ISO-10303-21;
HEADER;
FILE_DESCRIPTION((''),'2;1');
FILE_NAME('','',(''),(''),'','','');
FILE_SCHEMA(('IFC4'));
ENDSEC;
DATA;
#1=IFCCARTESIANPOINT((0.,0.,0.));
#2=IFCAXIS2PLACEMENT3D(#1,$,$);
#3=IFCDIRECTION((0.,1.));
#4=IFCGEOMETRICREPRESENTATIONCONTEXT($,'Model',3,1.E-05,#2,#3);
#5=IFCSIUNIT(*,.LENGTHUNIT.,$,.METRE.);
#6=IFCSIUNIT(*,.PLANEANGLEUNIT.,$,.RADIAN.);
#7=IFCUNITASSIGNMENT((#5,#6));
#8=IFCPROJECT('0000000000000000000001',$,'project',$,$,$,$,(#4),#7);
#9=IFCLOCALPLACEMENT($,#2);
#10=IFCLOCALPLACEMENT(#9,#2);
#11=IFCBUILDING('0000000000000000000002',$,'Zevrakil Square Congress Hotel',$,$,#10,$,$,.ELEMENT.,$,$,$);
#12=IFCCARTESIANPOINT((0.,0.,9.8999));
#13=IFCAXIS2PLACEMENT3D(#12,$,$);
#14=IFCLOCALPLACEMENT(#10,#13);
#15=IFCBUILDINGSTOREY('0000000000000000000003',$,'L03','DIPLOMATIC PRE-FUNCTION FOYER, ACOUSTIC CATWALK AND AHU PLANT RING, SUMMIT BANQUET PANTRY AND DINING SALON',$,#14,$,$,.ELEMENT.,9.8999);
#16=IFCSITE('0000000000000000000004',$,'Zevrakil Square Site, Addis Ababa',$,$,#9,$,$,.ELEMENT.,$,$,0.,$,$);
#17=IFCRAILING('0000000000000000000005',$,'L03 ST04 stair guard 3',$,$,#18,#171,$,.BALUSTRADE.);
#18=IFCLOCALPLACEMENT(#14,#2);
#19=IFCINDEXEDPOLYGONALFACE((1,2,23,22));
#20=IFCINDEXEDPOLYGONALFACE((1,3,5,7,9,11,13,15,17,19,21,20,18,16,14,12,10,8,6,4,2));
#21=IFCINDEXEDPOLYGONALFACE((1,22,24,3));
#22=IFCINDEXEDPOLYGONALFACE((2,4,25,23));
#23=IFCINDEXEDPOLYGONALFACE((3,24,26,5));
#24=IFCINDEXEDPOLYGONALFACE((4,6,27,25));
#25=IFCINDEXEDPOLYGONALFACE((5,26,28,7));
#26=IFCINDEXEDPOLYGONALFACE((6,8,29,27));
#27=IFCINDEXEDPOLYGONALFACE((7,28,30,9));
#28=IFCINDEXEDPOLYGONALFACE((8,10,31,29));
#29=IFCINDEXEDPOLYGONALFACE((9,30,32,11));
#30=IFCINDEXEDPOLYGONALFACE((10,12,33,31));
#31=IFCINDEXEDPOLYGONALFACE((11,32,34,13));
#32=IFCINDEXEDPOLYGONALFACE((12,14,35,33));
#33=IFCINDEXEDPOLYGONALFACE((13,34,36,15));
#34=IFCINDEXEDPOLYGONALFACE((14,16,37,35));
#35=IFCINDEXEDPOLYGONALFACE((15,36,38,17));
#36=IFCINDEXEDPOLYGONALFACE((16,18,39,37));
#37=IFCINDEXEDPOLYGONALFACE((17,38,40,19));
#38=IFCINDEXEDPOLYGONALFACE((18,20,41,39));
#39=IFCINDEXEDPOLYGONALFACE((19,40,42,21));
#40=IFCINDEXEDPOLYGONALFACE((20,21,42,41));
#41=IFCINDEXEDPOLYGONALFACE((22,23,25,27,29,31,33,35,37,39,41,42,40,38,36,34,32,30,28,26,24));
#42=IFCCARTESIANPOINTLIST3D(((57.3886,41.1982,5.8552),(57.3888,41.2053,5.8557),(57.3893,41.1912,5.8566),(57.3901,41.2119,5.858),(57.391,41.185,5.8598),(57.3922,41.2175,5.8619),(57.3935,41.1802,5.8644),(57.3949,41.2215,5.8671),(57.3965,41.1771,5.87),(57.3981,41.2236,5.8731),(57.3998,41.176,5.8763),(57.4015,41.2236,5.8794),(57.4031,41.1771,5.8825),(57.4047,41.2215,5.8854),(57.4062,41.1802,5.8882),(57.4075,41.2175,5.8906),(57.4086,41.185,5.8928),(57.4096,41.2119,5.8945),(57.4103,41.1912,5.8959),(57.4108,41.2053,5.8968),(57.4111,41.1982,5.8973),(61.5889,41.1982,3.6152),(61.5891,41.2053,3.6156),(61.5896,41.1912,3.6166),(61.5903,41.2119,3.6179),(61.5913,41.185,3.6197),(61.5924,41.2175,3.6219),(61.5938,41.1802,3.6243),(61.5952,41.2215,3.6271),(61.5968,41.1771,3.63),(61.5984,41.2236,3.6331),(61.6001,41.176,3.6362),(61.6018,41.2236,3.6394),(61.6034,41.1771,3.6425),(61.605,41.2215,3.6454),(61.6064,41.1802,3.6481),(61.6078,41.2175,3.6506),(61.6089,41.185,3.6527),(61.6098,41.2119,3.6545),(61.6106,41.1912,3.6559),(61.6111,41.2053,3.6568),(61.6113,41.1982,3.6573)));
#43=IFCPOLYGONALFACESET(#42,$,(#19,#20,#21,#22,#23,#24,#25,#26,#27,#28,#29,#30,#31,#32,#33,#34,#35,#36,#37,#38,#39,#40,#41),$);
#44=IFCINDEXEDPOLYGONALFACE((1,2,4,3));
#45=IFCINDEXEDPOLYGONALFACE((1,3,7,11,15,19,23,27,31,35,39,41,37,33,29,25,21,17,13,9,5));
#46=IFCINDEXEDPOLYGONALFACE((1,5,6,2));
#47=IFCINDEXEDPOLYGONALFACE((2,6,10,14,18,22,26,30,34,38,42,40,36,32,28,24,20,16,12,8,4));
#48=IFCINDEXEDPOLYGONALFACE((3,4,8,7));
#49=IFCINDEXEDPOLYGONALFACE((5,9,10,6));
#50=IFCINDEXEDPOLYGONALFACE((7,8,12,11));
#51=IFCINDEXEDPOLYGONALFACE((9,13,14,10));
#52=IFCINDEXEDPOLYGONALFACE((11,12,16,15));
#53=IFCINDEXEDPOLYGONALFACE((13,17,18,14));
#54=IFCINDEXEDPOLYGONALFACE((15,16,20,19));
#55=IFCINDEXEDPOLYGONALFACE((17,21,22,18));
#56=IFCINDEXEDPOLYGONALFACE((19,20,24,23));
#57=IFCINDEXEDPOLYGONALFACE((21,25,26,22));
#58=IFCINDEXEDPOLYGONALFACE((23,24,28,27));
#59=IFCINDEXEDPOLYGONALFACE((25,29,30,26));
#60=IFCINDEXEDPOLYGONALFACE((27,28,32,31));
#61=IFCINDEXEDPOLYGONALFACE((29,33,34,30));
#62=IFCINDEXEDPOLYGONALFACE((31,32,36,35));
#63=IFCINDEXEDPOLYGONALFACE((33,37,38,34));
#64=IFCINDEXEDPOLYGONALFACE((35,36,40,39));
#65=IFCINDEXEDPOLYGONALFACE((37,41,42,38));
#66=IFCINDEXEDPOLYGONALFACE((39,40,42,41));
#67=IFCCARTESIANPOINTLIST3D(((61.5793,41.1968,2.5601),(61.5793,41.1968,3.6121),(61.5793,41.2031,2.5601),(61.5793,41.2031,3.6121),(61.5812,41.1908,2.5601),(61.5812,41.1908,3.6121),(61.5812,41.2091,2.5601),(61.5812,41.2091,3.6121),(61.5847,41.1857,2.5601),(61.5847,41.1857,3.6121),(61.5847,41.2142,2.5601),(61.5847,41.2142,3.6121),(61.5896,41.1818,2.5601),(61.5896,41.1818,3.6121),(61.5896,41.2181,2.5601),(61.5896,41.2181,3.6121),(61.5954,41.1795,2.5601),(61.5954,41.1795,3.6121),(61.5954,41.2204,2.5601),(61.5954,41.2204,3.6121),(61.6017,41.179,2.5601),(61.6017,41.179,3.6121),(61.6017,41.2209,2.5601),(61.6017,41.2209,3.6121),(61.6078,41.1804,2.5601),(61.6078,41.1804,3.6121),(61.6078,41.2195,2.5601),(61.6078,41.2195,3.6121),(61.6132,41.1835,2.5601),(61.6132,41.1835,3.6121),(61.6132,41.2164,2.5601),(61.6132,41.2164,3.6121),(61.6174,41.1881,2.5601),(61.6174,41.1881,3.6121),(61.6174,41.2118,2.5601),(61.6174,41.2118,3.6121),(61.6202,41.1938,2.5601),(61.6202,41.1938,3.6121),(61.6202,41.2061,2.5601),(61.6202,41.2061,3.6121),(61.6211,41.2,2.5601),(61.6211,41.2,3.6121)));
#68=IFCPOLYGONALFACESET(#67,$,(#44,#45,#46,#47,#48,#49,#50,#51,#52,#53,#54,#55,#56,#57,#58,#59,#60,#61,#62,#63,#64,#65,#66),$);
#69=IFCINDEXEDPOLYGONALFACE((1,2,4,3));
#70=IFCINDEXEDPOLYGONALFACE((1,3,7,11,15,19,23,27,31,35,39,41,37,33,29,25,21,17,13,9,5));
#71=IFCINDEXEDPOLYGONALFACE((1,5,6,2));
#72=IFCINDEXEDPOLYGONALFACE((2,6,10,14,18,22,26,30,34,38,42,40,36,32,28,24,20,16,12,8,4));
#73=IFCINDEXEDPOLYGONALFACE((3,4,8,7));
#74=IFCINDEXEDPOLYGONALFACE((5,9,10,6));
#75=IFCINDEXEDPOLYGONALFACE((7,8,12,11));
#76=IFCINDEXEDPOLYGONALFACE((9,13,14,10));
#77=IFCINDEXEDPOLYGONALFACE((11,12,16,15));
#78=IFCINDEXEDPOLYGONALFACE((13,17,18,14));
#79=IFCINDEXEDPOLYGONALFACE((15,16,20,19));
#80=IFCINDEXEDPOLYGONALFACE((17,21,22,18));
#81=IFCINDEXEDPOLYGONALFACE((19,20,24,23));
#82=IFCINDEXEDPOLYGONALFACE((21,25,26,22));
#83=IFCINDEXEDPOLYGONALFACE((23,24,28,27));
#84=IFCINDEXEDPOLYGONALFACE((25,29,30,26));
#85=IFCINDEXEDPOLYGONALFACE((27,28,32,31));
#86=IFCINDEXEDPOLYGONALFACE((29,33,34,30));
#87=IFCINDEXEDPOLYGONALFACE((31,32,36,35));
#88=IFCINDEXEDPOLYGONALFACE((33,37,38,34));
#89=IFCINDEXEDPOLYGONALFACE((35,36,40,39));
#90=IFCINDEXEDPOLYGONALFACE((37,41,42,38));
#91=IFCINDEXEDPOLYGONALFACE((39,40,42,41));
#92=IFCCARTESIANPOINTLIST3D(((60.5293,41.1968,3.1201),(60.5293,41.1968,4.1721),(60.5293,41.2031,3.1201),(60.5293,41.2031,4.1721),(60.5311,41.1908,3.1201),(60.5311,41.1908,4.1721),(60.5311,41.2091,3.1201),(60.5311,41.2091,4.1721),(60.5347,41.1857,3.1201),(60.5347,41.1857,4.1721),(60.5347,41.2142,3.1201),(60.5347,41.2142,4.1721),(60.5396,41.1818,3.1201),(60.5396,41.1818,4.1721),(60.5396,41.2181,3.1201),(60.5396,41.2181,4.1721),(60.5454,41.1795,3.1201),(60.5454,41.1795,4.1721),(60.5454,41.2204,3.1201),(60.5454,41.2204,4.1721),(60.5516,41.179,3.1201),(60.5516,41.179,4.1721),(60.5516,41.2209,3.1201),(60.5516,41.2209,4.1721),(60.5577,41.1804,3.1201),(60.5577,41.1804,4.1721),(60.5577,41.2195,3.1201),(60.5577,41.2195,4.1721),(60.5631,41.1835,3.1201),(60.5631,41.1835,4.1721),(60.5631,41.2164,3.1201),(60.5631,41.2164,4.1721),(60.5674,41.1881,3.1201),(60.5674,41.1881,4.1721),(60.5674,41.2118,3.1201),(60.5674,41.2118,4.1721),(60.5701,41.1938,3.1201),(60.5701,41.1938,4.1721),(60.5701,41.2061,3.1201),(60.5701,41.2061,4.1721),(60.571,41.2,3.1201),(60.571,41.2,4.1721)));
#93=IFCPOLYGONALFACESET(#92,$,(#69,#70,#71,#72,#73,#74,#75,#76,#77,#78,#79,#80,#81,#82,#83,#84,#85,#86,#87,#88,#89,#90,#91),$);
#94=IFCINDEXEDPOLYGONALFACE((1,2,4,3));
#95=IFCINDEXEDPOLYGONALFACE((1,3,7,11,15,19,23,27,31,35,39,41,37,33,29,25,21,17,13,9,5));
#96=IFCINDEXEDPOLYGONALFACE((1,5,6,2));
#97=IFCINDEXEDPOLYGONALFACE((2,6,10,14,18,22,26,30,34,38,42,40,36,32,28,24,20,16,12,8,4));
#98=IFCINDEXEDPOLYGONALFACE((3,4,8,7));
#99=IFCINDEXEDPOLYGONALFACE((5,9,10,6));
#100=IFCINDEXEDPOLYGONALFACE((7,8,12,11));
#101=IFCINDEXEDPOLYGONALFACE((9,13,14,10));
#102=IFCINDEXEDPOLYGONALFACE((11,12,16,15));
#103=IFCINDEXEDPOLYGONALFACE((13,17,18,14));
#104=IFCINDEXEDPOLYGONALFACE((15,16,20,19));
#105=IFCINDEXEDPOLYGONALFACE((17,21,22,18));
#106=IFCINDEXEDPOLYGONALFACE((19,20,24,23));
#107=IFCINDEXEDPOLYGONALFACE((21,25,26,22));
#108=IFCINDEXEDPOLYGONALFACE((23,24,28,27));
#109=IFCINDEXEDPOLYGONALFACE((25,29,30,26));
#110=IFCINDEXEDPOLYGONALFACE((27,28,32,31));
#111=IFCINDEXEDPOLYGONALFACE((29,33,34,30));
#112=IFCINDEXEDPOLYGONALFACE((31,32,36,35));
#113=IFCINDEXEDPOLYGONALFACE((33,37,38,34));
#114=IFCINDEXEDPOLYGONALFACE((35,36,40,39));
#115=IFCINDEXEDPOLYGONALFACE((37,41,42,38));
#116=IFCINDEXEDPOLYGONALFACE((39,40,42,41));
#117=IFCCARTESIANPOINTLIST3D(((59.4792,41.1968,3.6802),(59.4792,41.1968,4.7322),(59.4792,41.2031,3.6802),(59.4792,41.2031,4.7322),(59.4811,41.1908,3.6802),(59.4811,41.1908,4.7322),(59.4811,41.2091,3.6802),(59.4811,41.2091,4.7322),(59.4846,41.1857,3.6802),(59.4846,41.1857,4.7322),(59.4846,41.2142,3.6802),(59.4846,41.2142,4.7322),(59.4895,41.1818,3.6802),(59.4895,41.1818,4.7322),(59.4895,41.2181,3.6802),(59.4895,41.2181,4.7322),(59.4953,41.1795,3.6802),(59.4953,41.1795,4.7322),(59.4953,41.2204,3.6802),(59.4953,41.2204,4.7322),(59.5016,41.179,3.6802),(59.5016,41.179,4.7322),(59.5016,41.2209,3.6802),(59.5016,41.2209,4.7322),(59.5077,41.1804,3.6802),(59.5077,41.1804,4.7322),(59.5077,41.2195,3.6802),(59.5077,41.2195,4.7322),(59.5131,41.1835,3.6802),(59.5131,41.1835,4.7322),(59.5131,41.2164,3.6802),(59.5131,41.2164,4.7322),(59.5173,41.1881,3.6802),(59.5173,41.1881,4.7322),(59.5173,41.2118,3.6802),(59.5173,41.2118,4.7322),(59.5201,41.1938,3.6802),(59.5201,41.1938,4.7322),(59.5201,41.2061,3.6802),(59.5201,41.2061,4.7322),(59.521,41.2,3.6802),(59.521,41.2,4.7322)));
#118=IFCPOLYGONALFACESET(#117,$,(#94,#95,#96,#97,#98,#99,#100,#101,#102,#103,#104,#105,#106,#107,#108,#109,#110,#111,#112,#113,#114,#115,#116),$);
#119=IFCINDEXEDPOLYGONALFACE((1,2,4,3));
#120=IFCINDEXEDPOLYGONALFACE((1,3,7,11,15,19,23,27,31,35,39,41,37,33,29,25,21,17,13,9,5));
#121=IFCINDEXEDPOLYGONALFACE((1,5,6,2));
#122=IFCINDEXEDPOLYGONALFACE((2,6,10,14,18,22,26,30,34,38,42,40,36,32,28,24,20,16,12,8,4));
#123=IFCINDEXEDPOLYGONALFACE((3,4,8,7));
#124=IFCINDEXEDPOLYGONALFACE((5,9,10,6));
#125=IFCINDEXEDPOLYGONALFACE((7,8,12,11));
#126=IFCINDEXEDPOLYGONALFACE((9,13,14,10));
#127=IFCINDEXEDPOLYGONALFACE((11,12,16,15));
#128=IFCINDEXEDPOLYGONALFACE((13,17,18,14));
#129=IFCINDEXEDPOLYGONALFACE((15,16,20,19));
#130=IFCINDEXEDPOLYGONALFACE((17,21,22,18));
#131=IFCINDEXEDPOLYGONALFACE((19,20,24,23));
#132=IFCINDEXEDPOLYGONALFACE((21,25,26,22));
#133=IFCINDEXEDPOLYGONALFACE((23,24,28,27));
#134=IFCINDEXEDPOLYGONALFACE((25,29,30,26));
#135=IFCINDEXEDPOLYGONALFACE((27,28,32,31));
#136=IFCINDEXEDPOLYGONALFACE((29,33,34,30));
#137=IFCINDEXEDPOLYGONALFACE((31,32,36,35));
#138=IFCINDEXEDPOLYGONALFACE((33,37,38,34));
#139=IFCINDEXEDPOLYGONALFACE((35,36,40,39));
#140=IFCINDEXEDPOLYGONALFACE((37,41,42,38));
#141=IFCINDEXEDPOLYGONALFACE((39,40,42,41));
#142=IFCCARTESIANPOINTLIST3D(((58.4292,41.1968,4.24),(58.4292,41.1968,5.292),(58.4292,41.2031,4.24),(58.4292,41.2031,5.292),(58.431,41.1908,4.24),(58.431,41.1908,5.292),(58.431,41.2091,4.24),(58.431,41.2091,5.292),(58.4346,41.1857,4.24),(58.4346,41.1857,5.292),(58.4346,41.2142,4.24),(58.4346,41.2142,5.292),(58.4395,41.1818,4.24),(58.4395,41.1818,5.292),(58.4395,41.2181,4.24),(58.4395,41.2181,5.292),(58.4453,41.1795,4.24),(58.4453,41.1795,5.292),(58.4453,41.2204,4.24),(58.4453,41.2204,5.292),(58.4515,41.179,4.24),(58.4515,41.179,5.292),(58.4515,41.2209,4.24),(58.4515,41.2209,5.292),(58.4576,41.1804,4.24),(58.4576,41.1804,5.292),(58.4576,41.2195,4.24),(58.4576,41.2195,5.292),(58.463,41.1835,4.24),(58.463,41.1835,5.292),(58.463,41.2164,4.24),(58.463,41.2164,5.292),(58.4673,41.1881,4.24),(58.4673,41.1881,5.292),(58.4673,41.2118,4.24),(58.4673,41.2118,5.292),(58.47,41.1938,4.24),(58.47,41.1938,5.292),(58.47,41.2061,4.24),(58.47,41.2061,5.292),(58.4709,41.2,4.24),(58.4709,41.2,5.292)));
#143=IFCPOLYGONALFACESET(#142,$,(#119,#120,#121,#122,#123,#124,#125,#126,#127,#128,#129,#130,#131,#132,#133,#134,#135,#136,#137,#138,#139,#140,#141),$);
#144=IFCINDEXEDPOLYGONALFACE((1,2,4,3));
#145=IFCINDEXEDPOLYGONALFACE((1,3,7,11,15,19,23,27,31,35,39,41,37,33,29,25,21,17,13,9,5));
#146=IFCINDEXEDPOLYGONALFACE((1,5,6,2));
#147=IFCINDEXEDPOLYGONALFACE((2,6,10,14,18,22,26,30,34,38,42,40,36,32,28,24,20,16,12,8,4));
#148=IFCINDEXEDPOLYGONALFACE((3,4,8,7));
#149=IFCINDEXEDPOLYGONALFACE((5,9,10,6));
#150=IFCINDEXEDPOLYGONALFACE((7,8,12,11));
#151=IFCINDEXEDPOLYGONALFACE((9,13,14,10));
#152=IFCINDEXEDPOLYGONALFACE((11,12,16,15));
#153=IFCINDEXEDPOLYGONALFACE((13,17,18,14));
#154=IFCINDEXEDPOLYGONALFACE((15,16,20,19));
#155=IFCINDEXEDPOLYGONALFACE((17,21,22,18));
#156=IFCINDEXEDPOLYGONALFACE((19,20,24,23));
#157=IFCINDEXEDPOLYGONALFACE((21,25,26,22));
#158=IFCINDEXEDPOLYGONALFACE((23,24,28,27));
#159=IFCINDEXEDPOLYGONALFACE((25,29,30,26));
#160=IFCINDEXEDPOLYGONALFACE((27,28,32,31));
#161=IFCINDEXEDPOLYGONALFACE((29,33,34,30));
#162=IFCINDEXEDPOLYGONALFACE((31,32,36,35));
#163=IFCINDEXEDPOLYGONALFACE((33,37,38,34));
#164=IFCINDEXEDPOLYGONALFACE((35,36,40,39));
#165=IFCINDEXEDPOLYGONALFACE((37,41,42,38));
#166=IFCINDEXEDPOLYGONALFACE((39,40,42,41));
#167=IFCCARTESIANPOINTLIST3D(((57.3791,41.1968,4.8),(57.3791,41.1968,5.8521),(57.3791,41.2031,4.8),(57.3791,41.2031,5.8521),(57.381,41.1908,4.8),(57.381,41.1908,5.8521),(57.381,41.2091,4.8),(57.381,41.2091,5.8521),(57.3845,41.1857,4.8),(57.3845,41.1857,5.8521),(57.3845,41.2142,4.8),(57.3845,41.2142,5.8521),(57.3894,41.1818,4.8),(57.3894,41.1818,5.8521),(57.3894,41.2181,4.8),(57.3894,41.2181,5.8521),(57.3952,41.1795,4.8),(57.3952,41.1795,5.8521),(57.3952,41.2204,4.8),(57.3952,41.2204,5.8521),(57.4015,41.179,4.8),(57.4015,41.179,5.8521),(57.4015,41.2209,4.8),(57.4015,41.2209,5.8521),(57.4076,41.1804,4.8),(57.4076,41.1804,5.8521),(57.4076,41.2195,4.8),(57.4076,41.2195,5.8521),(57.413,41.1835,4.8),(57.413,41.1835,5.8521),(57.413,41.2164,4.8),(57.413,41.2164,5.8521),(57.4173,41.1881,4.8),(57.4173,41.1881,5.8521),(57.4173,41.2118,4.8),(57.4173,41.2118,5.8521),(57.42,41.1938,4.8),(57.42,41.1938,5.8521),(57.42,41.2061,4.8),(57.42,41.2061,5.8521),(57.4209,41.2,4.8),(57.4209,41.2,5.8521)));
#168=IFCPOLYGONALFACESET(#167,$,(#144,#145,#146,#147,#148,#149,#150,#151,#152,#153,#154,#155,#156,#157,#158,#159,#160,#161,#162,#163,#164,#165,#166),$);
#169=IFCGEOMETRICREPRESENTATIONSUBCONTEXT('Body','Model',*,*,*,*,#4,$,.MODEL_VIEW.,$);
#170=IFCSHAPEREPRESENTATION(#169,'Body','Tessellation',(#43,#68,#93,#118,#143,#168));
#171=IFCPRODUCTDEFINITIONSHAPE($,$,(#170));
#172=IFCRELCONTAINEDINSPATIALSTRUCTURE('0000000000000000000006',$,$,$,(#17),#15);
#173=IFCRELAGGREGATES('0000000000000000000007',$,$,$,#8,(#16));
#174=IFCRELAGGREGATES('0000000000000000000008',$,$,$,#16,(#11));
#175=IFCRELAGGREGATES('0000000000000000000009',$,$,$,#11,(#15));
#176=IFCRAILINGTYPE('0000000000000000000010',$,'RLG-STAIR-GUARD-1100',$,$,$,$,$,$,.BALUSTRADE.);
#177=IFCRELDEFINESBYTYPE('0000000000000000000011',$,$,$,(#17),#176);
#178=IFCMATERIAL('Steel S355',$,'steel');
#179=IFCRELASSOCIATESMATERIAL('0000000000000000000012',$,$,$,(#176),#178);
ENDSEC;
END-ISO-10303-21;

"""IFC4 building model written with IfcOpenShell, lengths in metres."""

from ifc_helpers import new_model, si_unit, direction, frame, origin, origin_2d, place, context, subcontext, project, spatial, circle, extrude, material, type_object, element, save


model = new_model("IFC4")

# Units and contexts
model_context = context("Model", 3, precision=1e-05, world=origin(), true_north=direction((0.0, 1.0)))
body_context = subcontext(model_context, "Body", "Model", "MODEL_VIEW")
ifc_project = project(units=[si_unit("LENGTHUNIT", "METRE"), si_unit("PLANEANGLEUNIT", "RADIAN")], contexts=[model_context])

# Site, building, storey
site_placement = place(None, origin())
site = spatial("IfcSite", under=ifc_project, at=site_placement, Name="Zevrakil Square Site, Addis Ababa", CompositionType="ELEMENT", RefElevation=0.0)
building_placement = place(site_placement, origin())
building = spatial("IfcBuilding", under=site, at=building_placement, Name="Zevrakil Square Congress Hotel", CompositionType="ELEMENT")
storey_placement = place(building_placement, frame((0.0, 0.0, 9.8999)))
storey = spatial("IfcBuildingStorey", under=building, at=storey_placement, Name="L03", Description="DIPLOMATIC PRE-FUNCTION FOYER, ACOUSTIC CATWALK AND AHU PLANT RING, SUMMIT BANQUET PANTRY AND DINING SALON", CompositionType="ELEMENT", Elevation=9.8999)

# Railing
ifc_material_1 = material(Name="Steel S355", Category="steel")
railing_type_1 = type_object("IfcRailingType", Name="RLG-STAIR-GUARD-1100", PredefinedType="BALUSTRADE", material=ifc_material_1)
railing_1_placement = place(storey_placement, frame((61.6001, 41.2, 2.5601)))
element("IfcRailing", 1, at=railing_1_placement, inside=storey, type_object=railing_type_1, Name="L03 ST04 stair guard 3", PredefinedType="BALUSTRADE", context=body_context, shape_type="SweptSolid", body=[
    extrude(circle(Radius=0.0239, at=origin_2d()), frame((0.0, 0.0, 1.0762), z_axis=(-0.882363, 0.0, 0.47057), x_axis=(0.0, -1.0, 0.0)), (0.0, 0.0, 1.0), 4.7603),
    extrude(circle(Radius=0.021, at=origin_2d()), origin(), (0.0, 0.0, 1.0), 1.052),
    extrude(circle(Radius=0.021, at=origin_2d()), frame((-1.05, 0.0, 0.5601)), (0.0, 0.0, 1.0), 1.052),
    extrude(circle(Radius=0.021, at=origin_2d()), frame((-2.1001, 0.0, 1.1201)), (0.0, 0.0, 1.0), 1.052),
    extrude(circle(Radius=0.021, at=origin_2d()), frame((-3.1501, 0.0, 1.6799)), (0.0, 0.0, 1.0), 1.052),
    extrude(circle(Radius=0.021, at=origin_2d()), frame((-4.2002, 0.0, 2.24)), (0.0, 0.0, 1.0), 1.052),
])

save(model, "model.ifc")
